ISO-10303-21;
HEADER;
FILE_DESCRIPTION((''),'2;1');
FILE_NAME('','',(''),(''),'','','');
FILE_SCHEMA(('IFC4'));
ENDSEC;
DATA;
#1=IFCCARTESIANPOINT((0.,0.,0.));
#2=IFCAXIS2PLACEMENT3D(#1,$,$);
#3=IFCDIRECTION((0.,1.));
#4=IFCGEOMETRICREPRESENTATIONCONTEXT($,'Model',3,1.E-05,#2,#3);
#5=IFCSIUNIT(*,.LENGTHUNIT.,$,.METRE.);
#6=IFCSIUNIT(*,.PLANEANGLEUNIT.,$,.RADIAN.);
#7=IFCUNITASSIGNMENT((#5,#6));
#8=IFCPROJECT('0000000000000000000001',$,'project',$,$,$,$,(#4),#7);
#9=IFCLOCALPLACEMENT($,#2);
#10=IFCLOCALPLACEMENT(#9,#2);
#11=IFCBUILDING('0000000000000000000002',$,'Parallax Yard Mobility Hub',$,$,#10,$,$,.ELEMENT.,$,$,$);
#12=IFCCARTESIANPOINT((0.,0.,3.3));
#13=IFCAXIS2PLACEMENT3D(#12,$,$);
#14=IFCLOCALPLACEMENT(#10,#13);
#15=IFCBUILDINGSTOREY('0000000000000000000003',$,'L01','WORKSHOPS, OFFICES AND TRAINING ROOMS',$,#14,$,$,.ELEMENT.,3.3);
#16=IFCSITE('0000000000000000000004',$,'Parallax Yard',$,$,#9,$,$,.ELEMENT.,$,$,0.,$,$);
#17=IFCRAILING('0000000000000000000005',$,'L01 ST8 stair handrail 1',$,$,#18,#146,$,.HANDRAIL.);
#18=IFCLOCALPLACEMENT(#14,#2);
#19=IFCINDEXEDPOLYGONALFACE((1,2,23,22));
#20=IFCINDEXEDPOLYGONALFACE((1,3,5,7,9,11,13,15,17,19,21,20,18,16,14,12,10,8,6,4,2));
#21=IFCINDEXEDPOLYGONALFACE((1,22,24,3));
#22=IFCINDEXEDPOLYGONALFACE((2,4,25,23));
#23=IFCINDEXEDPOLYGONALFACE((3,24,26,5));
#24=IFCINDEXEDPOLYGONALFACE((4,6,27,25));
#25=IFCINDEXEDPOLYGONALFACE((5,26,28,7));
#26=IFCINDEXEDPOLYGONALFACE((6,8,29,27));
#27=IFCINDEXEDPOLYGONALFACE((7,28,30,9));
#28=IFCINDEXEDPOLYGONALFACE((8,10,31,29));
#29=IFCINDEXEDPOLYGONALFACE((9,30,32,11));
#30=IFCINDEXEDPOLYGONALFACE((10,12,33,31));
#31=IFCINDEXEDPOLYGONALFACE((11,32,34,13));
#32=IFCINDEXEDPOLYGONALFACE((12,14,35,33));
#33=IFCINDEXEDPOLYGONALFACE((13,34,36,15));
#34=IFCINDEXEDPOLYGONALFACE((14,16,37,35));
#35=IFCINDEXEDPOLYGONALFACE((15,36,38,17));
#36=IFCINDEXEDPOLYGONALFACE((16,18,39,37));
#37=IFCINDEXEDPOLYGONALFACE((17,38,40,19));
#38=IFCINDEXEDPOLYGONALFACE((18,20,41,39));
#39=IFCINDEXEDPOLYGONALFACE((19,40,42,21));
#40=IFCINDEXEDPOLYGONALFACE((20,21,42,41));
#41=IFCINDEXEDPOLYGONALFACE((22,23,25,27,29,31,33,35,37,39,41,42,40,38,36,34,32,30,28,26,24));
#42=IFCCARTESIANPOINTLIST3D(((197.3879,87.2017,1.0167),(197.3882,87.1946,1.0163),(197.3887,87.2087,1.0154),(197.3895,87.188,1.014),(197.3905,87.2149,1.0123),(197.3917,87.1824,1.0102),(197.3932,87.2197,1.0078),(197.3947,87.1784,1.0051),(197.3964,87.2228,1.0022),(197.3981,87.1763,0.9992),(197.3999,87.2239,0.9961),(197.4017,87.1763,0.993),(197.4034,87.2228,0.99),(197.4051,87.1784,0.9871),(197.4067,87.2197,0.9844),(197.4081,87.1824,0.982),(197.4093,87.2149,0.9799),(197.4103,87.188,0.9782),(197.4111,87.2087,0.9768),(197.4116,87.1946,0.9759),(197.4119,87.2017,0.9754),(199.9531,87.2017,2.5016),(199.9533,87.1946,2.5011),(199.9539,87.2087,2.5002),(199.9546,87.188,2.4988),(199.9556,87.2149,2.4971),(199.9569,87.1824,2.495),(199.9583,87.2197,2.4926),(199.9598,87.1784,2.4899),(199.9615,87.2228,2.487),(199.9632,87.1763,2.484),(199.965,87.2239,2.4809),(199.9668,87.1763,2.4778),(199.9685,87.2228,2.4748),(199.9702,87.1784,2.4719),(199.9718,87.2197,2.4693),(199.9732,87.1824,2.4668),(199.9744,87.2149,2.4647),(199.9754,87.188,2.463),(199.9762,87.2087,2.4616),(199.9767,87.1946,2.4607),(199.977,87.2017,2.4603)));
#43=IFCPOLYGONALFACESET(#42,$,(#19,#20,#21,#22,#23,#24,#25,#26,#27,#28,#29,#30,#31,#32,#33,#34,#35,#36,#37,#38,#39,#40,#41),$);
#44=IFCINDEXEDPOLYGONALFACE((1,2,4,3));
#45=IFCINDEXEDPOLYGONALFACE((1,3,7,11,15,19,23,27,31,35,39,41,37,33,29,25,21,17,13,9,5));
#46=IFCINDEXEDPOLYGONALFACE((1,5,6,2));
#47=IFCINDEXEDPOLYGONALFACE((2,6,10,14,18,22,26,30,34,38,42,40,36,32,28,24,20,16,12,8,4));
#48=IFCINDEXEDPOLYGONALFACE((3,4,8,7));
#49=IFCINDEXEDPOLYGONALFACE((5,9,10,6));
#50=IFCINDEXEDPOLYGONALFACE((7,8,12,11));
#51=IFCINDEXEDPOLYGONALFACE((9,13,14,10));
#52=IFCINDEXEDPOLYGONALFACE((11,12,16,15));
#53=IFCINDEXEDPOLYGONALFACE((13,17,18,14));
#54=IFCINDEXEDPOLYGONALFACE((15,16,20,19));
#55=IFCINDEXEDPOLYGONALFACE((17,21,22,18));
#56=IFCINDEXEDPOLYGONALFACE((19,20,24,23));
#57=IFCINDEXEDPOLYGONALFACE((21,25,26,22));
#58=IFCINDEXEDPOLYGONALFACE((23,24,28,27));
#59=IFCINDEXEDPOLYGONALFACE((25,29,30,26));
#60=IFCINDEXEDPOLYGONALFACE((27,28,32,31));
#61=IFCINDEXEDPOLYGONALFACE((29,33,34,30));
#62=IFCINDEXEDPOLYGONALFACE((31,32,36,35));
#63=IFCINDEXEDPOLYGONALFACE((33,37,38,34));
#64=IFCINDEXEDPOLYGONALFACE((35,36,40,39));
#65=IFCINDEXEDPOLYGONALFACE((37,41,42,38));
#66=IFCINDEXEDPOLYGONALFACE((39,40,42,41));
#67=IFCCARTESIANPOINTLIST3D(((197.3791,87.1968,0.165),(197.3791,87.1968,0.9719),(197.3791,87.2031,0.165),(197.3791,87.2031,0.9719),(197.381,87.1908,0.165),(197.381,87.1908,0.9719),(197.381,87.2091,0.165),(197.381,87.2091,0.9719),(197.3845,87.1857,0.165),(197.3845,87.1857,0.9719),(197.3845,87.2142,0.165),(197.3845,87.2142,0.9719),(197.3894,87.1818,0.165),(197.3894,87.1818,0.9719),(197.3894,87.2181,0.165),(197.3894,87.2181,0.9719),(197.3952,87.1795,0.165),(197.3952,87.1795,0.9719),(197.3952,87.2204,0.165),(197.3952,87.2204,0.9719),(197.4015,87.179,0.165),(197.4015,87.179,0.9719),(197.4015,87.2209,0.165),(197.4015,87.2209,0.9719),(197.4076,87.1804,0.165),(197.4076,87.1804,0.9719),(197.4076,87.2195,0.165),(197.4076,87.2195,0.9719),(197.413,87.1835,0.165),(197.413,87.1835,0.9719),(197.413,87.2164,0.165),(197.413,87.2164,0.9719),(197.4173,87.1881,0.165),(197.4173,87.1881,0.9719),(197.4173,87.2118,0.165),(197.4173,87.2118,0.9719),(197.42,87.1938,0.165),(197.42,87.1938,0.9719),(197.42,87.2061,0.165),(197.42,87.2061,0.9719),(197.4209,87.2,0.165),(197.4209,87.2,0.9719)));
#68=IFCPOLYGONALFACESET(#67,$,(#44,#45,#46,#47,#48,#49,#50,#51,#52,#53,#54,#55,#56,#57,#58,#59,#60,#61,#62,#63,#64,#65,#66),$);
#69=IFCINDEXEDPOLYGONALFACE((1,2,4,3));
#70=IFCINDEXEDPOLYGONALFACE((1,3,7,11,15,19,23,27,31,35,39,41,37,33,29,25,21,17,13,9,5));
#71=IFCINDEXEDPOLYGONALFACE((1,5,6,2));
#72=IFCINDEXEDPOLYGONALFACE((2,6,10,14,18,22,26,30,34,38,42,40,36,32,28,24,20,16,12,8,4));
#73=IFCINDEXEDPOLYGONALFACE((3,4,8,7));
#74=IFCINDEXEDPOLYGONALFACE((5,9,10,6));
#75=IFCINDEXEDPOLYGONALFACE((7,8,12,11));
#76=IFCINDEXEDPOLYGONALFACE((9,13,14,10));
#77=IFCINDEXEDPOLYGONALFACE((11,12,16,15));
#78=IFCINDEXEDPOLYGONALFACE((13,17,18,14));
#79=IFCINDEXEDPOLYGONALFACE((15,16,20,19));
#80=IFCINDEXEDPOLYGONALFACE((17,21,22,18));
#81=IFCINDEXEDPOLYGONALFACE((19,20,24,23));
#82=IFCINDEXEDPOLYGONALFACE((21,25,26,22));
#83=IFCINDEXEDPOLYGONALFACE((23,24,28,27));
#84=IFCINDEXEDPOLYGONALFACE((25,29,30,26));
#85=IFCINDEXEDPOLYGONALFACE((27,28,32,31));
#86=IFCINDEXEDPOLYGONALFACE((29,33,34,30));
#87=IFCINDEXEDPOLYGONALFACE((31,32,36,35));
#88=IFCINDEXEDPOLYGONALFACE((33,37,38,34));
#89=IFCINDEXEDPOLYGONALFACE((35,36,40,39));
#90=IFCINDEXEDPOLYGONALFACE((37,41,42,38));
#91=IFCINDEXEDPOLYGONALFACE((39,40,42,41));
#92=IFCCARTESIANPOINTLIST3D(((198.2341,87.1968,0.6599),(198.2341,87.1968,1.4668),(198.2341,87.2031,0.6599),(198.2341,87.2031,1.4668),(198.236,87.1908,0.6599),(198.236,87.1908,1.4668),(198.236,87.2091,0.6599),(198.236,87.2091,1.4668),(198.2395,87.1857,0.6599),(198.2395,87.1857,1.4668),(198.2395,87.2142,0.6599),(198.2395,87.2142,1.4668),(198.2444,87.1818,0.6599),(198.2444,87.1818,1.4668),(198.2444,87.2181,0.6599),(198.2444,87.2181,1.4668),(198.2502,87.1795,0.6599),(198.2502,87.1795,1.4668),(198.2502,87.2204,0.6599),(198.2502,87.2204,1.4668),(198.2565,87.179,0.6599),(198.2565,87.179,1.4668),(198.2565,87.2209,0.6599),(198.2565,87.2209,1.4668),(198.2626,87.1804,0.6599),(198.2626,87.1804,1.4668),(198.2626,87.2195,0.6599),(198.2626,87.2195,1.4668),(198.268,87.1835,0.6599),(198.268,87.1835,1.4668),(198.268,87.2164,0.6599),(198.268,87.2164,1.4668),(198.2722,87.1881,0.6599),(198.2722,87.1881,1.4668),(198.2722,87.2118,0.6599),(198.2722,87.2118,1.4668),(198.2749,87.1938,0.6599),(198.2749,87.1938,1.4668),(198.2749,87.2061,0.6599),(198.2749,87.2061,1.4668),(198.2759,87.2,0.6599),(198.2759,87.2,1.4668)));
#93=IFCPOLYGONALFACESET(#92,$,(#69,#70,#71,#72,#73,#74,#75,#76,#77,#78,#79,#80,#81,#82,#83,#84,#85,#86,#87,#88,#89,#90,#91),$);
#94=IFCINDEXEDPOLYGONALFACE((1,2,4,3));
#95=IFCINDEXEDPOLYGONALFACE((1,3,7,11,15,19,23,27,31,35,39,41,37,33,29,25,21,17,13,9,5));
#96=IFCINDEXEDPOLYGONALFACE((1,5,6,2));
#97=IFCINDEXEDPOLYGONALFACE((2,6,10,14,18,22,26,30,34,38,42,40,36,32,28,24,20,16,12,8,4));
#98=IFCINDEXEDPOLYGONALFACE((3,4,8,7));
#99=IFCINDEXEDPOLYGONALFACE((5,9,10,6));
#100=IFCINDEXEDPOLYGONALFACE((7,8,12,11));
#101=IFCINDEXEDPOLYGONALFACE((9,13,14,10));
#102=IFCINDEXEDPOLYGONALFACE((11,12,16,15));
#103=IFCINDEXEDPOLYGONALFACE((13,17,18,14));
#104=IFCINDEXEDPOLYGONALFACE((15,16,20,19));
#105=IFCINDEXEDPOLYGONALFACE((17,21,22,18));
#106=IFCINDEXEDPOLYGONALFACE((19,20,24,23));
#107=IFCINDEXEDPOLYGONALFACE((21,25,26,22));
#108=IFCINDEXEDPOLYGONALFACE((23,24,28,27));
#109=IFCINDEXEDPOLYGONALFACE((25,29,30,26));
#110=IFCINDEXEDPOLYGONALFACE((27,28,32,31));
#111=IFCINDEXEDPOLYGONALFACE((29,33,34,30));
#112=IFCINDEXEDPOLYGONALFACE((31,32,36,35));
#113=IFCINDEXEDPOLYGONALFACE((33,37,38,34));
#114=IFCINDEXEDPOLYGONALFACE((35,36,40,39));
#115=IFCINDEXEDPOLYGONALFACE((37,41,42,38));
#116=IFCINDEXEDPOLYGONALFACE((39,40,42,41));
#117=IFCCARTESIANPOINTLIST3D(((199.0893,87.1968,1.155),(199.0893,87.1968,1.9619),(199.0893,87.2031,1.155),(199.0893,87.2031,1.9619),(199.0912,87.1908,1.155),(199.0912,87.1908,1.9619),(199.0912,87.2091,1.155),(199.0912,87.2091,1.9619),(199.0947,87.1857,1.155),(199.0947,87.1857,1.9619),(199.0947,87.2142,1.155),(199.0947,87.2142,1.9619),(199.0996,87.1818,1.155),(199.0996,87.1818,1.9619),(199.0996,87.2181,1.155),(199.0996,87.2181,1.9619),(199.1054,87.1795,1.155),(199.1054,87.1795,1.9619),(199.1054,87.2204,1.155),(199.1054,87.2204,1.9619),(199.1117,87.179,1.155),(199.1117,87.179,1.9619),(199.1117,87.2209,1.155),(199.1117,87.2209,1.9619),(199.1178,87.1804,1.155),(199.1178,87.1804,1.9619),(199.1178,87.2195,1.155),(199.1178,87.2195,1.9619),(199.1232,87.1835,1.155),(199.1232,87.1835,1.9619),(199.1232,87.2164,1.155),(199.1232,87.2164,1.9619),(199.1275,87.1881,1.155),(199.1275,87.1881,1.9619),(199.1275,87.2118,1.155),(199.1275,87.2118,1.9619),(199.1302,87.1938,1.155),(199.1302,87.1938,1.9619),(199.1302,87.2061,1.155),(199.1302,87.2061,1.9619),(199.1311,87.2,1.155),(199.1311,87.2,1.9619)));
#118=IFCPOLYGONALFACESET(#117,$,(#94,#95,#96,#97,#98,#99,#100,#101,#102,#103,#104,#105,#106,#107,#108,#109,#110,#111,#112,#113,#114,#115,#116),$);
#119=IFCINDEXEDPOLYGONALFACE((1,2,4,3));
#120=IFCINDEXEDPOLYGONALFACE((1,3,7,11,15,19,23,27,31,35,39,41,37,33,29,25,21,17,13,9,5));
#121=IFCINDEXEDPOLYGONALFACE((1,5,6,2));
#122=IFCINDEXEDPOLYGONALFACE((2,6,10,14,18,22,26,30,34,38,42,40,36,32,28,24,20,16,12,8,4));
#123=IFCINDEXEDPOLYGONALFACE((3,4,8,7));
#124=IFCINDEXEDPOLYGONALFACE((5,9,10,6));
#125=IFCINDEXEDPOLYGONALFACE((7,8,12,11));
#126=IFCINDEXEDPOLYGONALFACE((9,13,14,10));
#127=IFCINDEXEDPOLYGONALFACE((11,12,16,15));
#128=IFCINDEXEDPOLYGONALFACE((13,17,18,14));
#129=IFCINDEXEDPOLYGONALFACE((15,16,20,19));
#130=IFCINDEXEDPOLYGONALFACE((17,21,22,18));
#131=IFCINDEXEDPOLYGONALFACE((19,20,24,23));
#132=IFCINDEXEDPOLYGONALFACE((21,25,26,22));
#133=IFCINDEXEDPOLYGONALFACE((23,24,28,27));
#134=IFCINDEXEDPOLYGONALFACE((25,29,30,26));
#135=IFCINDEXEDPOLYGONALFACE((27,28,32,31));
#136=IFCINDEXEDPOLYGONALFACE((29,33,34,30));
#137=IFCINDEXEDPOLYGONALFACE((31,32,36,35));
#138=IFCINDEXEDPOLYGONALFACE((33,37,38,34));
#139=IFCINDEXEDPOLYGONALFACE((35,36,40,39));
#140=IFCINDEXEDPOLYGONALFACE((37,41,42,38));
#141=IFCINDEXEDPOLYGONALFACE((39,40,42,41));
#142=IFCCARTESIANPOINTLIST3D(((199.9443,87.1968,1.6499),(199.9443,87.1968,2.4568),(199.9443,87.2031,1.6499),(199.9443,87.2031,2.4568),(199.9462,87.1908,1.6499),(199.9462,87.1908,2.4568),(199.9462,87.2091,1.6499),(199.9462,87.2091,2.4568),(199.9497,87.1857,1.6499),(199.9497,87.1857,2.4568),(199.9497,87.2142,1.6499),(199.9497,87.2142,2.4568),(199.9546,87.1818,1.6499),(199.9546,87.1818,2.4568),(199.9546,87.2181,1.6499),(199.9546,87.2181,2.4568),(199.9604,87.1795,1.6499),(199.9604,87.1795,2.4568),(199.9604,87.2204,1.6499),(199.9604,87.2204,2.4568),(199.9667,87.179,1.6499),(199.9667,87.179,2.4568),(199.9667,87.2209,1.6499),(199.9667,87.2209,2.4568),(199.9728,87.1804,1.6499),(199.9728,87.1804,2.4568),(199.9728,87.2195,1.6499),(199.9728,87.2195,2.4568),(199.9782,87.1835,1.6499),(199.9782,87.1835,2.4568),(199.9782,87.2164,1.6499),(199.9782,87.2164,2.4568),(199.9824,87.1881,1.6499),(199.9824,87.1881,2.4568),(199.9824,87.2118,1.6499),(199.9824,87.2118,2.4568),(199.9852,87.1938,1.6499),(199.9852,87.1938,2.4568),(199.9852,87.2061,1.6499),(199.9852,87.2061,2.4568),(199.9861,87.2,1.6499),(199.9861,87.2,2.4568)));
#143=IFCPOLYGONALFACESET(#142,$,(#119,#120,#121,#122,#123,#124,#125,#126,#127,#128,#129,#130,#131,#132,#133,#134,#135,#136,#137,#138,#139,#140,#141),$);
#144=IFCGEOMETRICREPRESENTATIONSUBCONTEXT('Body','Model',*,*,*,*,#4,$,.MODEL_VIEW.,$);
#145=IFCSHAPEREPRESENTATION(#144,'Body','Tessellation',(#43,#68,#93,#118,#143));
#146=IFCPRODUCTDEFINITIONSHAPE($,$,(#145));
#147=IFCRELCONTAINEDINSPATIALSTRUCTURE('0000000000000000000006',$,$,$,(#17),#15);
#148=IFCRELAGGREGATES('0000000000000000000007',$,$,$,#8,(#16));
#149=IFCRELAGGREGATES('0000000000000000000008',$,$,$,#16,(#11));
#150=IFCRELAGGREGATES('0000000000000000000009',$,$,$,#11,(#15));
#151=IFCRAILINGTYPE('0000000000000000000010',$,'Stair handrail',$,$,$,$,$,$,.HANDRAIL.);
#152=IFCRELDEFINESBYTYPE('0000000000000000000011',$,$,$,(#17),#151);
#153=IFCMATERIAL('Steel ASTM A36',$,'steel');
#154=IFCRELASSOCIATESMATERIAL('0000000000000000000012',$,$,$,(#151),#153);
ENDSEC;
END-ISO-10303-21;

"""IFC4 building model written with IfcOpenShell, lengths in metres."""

from ifc_helpers import new_model, si_unit, direction, frame, origin, origin_2d, place, context, subcontext, project, spatial, circle, extrude, material, type_object, element, save


model = new_model("IFC4")

# Units and contexts
model_context = context("Model", 3, precision=1e-05, world=origin(), true_north=direction((0.0, 1.0)))
body_context = subcontext(model_context, "Body", "Model", "MODEL_VIEW")
ifc_project = project(units=[si_unit("LENGTHUNIT", "METRE"), si_unit("PLANEANGLEUNIT", "RADIAN")], contexts=[model_context])

# Site, building, storey
site_placement = place(None, origin())
site = spatial("IfcSite", under=ifc_project, at=site_placement, Name="Parallax Yard", CompositionType="ELEMENT", RefElevation=0.0)
building_placement = place(site_placement, origin())
building = spatial("IfcBuilding", under=site, at=building_placement, Name="Parallax Yard Mobility Hub", CompositionType="ELEMENT")
storey_placement = place(building_placement, frame((0.0, 0.0, 3.3)))
storey = spatial("IfcBuildingStorey", under=building, at=storey_placement, Name="L01", Description="WORKSHOPS, OFFICES AND TRAINING ROOMS", CompositionType="ELEMENT", Elevation=3.3)

# Railing
ifc_material_1 = material(Name="Steel ASTM A36", Category="steel")
railing_type_1 = type_object("IfcRailingType", Name="Stair handrail", PredefinedType="HANDRAIL", material=ifc_material_1)
railing_1_placement = place(storey_placement, frame((197.3999, 87.2, 0.165)))
element("IfcRailing", 1, at=railing_1_placement, inside=storey, type_object=railing_type_1, Name="L01 ST8 stair handrail 1", PredefinedType="HANDRAIL", context=body_context, shape_type="SweptSolid", body=[
    extrude(circle(Radius=0.0239, at=origin_2d()), frame((0.0, 0.0, 0.8311), z_axis=(0.865462, 0.0, 0.500975), x_axis=(0.0, 1.0, 0.0)), (0.0, 0.0, 1.0), 2.9639),
    extrude(circle(Radius=0.021, at=origin_2d()), origin(), (0.0, 0.0, 1.0), 0.8069),
    extrude(circle(Radius=0.021, at=origin_2d()), frame((0.855, 0.0, 0.4949)), (0.0, 0.0, 1.0), 0.8069),
    extrude(circle(Radius=0.021, at=origin_2d()), frame((1.7102, 0.0, 0.99)), (0.0, 0.0, 1.0), 0.8069),
    extrude(circle(Radius=0.021, at=origin_2d()), frame((2.5652, 0.0, 1.4849)), (0.0, 0.0, 1.0), 0.8069),
])

save(model, "model.ifc")
